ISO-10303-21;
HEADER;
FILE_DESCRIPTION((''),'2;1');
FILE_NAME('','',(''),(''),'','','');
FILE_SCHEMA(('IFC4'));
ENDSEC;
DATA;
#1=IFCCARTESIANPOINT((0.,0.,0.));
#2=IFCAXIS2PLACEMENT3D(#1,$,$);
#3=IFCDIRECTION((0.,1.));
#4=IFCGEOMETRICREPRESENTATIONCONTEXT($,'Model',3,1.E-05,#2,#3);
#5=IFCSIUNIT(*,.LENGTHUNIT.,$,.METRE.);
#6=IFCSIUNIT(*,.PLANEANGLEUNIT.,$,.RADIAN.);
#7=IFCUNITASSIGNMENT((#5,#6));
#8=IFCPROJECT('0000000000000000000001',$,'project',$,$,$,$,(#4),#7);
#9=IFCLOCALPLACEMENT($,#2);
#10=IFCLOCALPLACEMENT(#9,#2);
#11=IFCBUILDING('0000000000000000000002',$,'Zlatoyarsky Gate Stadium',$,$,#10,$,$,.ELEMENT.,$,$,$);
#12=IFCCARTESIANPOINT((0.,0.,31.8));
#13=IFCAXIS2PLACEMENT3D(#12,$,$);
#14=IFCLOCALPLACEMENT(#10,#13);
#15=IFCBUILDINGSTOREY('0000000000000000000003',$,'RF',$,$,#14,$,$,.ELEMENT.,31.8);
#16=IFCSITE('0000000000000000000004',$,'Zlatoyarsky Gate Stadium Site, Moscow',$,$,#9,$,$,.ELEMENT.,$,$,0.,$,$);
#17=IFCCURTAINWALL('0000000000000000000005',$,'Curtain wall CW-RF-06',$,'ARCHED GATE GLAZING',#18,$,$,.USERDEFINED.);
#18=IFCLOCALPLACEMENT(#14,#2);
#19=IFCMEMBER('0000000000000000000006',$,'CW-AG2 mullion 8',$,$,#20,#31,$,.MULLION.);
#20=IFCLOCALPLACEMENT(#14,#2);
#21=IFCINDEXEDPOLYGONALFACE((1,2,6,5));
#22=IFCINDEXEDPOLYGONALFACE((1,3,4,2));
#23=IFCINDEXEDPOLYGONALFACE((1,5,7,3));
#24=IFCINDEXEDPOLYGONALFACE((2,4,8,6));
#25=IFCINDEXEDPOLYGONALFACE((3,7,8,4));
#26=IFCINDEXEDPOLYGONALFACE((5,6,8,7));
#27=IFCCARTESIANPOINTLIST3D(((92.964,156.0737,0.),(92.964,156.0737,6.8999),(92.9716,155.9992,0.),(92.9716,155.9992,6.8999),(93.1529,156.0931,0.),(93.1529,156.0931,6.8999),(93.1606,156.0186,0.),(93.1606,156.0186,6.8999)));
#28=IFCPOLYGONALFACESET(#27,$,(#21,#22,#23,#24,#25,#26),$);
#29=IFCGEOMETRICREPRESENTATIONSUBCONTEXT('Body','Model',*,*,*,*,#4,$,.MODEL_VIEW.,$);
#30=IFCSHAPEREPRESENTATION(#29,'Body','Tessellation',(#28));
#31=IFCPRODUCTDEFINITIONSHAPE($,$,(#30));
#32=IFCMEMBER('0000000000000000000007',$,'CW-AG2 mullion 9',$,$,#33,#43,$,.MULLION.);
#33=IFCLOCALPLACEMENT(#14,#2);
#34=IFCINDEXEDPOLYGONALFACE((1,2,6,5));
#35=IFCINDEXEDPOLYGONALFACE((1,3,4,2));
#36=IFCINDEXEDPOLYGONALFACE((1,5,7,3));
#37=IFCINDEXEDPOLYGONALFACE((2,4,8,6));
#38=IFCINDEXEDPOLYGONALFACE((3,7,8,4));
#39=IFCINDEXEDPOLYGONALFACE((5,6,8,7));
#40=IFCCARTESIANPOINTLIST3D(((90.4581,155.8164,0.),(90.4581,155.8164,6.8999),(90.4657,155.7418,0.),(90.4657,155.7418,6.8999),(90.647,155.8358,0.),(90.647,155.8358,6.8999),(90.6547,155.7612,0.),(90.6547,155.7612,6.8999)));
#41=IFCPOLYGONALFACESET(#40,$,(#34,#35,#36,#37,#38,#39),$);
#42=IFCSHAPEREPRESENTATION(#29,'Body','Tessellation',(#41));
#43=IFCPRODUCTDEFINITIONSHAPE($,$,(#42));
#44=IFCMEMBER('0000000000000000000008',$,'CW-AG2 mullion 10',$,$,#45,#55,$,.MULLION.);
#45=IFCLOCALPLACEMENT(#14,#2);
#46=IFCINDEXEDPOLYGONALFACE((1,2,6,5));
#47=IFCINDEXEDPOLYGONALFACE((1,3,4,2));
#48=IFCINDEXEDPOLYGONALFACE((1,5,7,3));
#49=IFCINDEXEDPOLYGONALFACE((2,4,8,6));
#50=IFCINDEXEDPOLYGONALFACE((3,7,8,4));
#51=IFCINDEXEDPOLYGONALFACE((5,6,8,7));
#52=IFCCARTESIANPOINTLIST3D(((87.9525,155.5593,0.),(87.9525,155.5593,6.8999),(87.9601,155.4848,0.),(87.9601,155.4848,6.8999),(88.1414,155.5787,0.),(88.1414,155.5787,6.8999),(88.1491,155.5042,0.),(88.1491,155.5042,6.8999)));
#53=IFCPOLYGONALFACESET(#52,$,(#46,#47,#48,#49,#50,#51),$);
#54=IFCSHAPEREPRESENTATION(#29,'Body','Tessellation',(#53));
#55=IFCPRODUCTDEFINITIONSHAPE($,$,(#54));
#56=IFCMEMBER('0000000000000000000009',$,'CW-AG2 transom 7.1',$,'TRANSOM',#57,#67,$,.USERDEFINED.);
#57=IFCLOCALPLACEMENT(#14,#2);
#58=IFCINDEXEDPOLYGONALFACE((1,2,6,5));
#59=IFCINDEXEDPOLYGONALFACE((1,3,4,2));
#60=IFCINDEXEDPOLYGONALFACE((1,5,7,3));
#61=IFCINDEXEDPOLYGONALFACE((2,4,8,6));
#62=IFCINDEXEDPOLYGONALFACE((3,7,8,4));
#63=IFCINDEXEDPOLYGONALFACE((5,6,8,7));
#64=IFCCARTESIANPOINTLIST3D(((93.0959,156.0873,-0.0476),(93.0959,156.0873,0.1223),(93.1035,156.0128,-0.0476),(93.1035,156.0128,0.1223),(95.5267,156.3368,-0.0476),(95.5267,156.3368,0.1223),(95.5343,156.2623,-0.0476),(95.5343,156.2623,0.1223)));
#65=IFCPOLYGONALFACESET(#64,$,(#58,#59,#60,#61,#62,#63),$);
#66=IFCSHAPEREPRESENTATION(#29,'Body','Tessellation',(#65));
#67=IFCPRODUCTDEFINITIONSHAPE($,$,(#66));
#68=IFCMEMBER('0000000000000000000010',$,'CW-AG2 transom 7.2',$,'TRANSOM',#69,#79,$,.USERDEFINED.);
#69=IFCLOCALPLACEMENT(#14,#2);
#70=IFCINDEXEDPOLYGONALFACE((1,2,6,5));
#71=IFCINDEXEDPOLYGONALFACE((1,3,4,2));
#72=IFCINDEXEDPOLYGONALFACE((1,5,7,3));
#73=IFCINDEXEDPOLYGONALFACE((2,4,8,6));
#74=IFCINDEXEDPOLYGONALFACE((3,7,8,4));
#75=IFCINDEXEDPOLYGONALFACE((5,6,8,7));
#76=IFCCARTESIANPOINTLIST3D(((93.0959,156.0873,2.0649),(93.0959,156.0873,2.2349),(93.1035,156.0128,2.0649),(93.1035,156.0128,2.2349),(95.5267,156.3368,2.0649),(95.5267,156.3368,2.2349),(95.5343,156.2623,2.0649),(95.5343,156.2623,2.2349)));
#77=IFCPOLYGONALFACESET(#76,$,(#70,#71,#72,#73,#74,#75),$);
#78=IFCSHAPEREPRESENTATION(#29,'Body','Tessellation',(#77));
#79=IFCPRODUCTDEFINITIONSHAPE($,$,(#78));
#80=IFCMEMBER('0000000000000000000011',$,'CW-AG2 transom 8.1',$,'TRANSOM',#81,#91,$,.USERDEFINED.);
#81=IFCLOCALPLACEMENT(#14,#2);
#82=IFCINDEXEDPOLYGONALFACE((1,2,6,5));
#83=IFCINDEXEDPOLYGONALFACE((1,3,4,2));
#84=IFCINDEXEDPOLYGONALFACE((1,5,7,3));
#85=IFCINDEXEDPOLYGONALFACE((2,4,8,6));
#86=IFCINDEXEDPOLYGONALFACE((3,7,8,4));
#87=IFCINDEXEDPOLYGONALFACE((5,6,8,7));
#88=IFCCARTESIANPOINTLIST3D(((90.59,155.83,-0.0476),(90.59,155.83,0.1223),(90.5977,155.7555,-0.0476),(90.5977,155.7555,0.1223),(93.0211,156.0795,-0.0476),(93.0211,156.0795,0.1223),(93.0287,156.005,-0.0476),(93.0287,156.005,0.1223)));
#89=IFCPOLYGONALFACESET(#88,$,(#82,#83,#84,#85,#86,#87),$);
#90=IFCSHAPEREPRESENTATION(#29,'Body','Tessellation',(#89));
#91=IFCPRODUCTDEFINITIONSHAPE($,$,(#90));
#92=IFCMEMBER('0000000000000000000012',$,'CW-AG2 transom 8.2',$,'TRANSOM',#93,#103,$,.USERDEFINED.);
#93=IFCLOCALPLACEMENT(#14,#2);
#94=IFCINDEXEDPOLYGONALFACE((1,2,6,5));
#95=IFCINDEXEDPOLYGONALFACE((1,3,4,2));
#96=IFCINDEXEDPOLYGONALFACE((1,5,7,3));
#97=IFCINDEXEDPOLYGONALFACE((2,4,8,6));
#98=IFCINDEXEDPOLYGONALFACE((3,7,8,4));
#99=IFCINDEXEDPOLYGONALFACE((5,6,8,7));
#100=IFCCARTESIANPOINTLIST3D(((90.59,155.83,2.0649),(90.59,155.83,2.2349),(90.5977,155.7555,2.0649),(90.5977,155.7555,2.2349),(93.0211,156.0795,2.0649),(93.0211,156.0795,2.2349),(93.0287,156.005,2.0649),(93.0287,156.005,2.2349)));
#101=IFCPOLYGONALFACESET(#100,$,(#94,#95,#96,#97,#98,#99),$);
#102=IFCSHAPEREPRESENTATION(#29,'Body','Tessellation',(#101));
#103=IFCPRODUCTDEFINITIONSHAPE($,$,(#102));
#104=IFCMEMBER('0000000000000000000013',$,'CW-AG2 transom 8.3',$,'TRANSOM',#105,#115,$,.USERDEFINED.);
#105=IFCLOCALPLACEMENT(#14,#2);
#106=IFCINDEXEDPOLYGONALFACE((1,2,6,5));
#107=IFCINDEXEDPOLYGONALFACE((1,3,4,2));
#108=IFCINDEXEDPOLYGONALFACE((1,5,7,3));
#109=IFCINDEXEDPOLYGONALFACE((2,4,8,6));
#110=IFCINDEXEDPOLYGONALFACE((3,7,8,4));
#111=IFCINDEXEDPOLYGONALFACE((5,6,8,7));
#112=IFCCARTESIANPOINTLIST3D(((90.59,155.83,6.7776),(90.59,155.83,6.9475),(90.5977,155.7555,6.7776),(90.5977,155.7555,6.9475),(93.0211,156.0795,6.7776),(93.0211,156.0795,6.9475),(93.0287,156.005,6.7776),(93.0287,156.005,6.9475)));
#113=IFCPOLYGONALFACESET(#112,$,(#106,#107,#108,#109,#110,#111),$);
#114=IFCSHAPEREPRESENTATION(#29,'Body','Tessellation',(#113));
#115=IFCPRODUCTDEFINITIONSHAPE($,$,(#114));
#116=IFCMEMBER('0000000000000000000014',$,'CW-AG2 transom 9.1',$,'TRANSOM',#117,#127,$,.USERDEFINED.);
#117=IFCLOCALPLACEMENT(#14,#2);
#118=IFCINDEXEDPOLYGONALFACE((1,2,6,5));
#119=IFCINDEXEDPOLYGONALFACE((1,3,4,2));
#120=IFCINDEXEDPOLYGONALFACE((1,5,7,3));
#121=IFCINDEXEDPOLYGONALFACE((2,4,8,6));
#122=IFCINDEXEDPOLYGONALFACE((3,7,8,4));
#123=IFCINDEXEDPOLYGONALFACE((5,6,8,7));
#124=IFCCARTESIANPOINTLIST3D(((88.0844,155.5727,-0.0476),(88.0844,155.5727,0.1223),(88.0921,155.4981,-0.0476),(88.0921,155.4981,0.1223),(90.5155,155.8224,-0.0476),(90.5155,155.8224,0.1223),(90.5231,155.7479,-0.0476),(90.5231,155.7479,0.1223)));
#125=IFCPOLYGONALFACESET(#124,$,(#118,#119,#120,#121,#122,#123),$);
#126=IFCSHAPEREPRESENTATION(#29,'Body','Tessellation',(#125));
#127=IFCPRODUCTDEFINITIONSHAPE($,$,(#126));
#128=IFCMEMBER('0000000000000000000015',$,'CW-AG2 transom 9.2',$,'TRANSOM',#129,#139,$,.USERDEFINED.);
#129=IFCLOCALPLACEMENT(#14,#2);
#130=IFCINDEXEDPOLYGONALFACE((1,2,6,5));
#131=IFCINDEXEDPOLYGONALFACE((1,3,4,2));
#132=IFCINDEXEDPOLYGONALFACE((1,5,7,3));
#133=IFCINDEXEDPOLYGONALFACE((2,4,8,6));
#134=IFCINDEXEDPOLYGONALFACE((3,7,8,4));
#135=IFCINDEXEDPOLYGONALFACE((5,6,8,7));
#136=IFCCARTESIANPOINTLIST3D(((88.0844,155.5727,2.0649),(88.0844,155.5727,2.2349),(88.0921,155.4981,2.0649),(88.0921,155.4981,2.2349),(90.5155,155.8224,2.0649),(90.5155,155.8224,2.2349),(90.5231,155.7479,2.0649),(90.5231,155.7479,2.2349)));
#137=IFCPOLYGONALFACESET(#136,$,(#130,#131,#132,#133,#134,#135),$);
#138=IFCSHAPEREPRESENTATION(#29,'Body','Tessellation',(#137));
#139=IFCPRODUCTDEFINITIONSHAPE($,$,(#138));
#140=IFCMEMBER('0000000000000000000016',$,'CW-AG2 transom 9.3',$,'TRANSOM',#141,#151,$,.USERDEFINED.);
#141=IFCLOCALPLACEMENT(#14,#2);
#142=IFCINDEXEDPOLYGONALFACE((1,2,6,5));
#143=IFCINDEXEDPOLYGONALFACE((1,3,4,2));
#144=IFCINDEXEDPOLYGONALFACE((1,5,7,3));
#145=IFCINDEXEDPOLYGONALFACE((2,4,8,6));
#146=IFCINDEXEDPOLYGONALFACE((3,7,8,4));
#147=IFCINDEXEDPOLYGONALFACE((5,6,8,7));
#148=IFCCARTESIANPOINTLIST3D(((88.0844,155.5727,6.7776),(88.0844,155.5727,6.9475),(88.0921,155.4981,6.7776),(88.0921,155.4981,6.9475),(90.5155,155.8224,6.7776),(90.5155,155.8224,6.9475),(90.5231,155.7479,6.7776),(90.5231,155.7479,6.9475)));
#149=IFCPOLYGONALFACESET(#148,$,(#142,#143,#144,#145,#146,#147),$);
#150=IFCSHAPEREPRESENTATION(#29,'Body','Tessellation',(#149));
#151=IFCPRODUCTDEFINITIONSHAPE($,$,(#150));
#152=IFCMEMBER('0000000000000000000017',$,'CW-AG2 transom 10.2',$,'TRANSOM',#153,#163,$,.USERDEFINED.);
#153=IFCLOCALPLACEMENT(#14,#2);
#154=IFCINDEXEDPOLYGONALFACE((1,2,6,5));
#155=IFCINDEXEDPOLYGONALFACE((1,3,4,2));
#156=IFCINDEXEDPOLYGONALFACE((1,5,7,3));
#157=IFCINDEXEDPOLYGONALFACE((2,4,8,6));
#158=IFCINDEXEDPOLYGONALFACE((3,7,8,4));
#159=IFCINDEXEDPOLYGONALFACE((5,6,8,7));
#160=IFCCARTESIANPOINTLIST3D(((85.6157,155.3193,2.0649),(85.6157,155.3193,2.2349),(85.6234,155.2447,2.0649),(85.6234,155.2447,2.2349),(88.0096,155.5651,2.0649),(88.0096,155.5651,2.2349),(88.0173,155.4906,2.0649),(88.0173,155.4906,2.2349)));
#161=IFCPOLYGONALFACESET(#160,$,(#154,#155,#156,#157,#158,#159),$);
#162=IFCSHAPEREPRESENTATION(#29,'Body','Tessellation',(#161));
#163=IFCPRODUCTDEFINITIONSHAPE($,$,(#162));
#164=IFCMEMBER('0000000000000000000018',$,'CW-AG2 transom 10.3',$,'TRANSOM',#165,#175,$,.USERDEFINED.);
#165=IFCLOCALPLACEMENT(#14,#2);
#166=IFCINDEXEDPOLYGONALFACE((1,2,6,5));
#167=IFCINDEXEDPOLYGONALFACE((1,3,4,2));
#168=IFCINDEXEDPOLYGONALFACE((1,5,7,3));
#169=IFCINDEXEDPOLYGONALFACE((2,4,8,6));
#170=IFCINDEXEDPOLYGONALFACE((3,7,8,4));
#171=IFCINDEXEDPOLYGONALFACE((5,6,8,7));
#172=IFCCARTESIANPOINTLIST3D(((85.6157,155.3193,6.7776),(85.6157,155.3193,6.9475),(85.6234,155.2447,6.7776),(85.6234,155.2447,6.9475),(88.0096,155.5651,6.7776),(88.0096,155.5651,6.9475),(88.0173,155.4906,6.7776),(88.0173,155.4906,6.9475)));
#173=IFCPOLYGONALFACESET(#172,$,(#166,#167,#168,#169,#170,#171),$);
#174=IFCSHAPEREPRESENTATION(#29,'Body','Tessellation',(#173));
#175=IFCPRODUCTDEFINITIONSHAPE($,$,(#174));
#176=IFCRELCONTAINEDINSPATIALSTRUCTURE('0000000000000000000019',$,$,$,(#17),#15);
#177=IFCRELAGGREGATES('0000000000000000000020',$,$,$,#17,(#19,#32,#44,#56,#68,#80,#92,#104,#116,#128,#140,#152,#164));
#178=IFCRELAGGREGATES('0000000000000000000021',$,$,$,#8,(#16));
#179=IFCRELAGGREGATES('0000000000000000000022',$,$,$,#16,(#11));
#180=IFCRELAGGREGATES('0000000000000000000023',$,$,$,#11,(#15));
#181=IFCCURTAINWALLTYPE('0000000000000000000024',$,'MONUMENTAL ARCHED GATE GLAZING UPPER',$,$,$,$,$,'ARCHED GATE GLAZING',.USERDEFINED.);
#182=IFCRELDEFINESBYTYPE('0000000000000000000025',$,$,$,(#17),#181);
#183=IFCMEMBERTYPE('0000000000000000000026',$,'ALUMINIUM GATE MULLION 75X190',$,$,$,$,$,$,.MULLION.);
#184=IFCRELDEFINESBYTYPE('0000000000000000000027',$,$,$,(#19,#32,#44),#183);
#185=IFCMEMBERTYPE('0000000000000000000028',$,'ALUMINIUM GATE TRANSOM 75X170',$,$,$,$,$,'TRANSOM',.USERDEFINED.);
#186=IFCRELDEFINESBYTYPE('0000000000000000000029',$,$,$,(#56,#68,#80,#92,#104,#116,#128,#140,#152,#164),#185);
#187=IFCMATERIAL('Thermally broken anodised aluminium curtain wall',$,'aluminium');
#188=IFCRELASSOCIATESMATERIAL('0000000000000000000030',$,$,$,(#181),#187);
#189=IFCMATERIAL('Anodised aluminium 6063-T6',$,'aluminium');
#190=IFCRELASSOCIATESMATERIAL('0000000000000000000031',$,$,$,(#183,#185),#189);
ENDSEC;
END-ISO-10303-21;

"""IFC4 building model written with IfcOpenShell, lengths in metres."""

from ifc_helpers import new_model, si_unit, direction, frame, origin, origin_2d, place, context, subcontext, project, spatial, rectangle, extrude, material, material_profile, profile_set, type_object, element, aggregate, save


model = new_model("IFC4")

# Units and contexts
model_context = context("Model", 3, precision=1e-05, world=origin(), true_north=direction((0.0, 1.0)))
body_context = subcontext(model_context, "Body", "Model", "MODEL_VIEW")
ifc_project = project(units=[si_unit("LENGTHUNIT", "METRE"), si_unit("PLANEANGLEUNIT", "RADIAN")], contexts=[model_context])

# Site, building, storey
site_placement = place(None, origin())
site = spatial("IfcSite", under=ifc_project, at=site_placement, Name="Zlatoyarsky Gate Stadium Site, Moscow", CompositionType="ELEMENT", RefElevation=0.0)
building_placement = place(site_placement, origin())
building = spatial("IfcBuilding", under=site, at=building_placement, Name="Zlatoyarsky Gate Stadium", CompositionType="ELEMENT")
storey_placement = place(building_placement, frame((0.0, 0.0, 31.8)))
storey = spatial("IfcBuildingStorey", under=building, at=storey_placement, Name="RF", CompositionType="ELEMENT", Elevation=31.8)

# Curtain wall, members
ifc_material_1 = material(Name="Thermally broken anodised aluminium curtain wall", Category="aluminium")
curtain_wall_type = type_object("IfcCurtainWallType", Name="MONUMENTAL ARCHED GATE GLAZING UPPER", ElementType="ARCHED GATE GLAZING", PredefinedType="USERDEFINED", material=ifc_material_1)
curtain_wall_placement = place(storey_placement, origin())
curtain_wall = element("IfcCurtainWall", 1, at=curtain_wall_placement, inside=storey, type_object=curtain_wall_type, Name="Curtain wall CW-RF-06", ObjectType="ARCHED GATE GLAZING", PredefinedType="USERDEFINED")
ifc_material_2 = material(Name="Anodised aluminium 6063-T6", Category="aluminium")
ifc_material_profile_1 = material_profile(ifc_material_2, rectangle(XDim=0.075, YDim=0.1899, at=origin_2d()), Name="ALU 75X190")
ifc_profile_set_1 = profile_set([ifc_material_profile_1], Name="Anodised aluminium 6063-T6")
member_type_1 = type_object("IfcMemberType", Name="ALUMINIUM GATE MULLION 75X190", PredefinedType="MULLION", material=ifc_profile_set_1)
member_1_placement = place(storey_placement, frame((93.0623, 156.0461, 0.0), z_axis=(0.0, 0.0, 1.0), x_axis=(0.102125, -0.994772, 0.0)))
member_1 = element("IfcMember", 2, at=member_1_placement, type_object=member_type_1, Name="CW-AG2 mullion 8", PredefinedType="MULLION", context=body_context, shape_type="SweptSolid", body=[
    extrude(rectangle(XDim=0.075, YDim=0.1899, at=origin_2d()), origin(), (0.0, 0.0, 1.0), 6.8999),
])
member_2_placement = place(storey_placement, frame((90.5564, 155.7888, 0.0), z_axis=(0.0, 0.0, 1.0), x_axis=(0.102125, -0.994772, 0.0)))
member_2 = element("IfcMember", 3, at=member_2_placement, type_object=member_type_1, Name="CW-AG2 mullion 9", PredefinedType="MULLION", context=body_context, shape_type="SweptSolid", body=[
    extrude(rectangle(XDim=0.075, YDim=0.1899, at=origin_2d()), origin(), (0.0, 0.0, 1.0), 6.8999),
])
member_3_placement = place(storey_placement, frame((88.0508, 155.5317, 0.0), z_axis=(0.0, 0.0, 1.0), x_axis=(0.102125, -0.994772, 0.0)))
member_3 = element("IfcMember", 4, at=member_3_placement, type_object=member_type_1, Name="CW-AG2 mullion 10", PredefinedType="MULLION", context=body_context, shape_type="SweptSolid", body=[
    extrude(rectangle(XDim=0.075, YDim=0.1899, at=origin_2d()), origin(), (0.0, 0.0, 1.0), 6.8999),
])
ifc_material_profile_2 = material_profile(ifc_material_2, rectangle(XDim=0.075, YDim=0.1699, at=origin_2d()), Name="ALU 75X170")
ifc_profile_set_2 = profile_set([ifc_material_profile_2], Name="Anodised aluminium 6063-T6")
member_type_2 = type_object("IfcMemberType", Name="ALUMINIUM GATE TRANSOM 75X170", ElementType="TRANSOM", PredefinedType="USERDEFINED", material=ifc_profile_set_2)
member_4_placement = place(storey_placement, frame((95.5305, 156.2996, 0.0374), z_axis=(-0.994774, -0.102105, 0.0), x_axis=(0.102105, -0.994774, 0.0)))
member_4 = element("IfcMember", 5, at=member_4_placement, type_object=member_type_2, Name="CW-AG2 transom 7.1", ObjectType="TRANSOM", PredefinedType="USERDEFINED", context=body_context, shape_type="SweptSolid", body=[
    extrude(rectangle(XDim=0.075, YDim=0.1699, at=origin_2d()), origin(), (0.0, 0.0, 1.0), 2.4436),
])
member_5_placement = place(storey_placement, frame((95.5305, 156.2996, 2.1499), z_axis=(-0.994774, -0.102105, 0.0), x_axis=(0.102105, -0.994774, 0.0)))
member_5 = element("IfcMember", 6, at=member_5_placement, type_object=member_type_2, Name="CW-AG2 transom 7.2", ObjectType="TRANSOM", PredefinedType="USERDEFINED", context=body_context, shape_type="SweptSolid", body=[
    extrude(rectangle(XDim=0.075, YDim=0.1699, at=origin_2d()), origin(), (0.0, 0.0, 1.0), 2.4436),
])
member_6_placement = place(storey_placement, frame((93.0249, 156.0422, 0.0374), z_axis=(-0.994775, -0.102095, 0.0), x_axis=(0.102095, -0.994775, 0.0)))
member_6 = element("IfcMember", 7, at=member_6_placement, type_object=member_type_2, Name="CW-AG2 transom 8.1", ObjectType="TRANSOM", PredefinedType="USERDEFINED", context=body_context, shape_type="SweptSolid", body=[
    extrude(rectangle(XDim=0.075, YDim=0.1699, at=origin_2d()), origin(), (0.0, 0.0, 1.0), 2.4438),
])
member_7_placement = place(storey_placement, frame((93.0249, 156.0422, 2.1499), z_axis=(-0.994775, -0.102095, 0.0), x_axis=(0.102095, -0.994775, 0.0)))
member_7 = element("IfcMember", 8, at=member_7_placement, type_object=member_type_2, Name="CW-AG2 transom 8.2", ObjectType="TRANSOM", PredefinedType="USERDEFINED", context=body_context, shape_type="SweptSolid", body=[
    extrude(rectangle(XDim=0.075, YDim=0.1699, at=origin_2d()), origin(), (0.0, 0.0, 1.0), 2.4438),
])
member_8_placement = place(storey_placement, frame((93.0249, 156.0422, 6.8625), z_axis=(-0.994775, -0.102095, 0.0), x_axis=(0.102095, -0.994775, 0.0)))
member_8 = element("IfcMember", 9, at=member_8_placement, type_object=member_type_2, Name="CW-AG2 transom 8.3", ObjectType="TRANSOM", PredefinedType="USERDEFINED", context=body_context, shape_type="SweptSolid", body=[
    extrude(rectangle(XDim=0.075, YDim=0.1699, at=origin_2d()), origin(), (0.0, 0.0, 1.0), 2.4438),
])
member_9_placement = place(storey_placement, frame((90.5193, 155.7852, 0.0374), z_axis=(-0.994765, -0.102194, 0.0), x_axis=(0.102194, -0.994765, 0.0)))
member_9 = element("IfcMember", 10, at=member_9_placement, type_object=member_type_2, Name="CW-AG2 transom 9.1", ObjectType="TRANSOM", PredefinedType="USERDEFINED", context=body_context, shape_type="SweptSolid", body=[
    extrude(rectangle(XDim=0.075, YDim=0.1699, at=origin_2d()), origin(), (0.0, 0.0, 1.0), 2.4438),
])
member_10_placement = place(storey_placement, frame((90.5193, 155.7852, 2.1499), z_axis=(-0.994765, -0.102194, 0.0), x_axis=(0.102194, -0.994765, 0.0)))
member_10 = element("IfcMember", 11, at=member_10_placement, type_object=member_type_2, Name="CW-AG2 transom 9.2", ObjectType="TRANSOM", PredefinedType="USERDEFINED", context=body_context, shape_type="SweptSolid", body=[
    extrude(rectangle(XDim=0.075, YDim=0.1699, at=origin_2d()), origin(), (0.0, 0.0, 1.0), 2.4438),
])
member_11_placement = place(storey_placement, frame((90.5193, 155.7852, 6.8625), z_axis=(-0.994765, -0.102194, 0.0), x_axis=(0.102194, -0.994765, 0.0)))
member_11 = element("IfcMember", 12, at=member_11_placement, type_object=member_type_2, Name="CW-AG2 transom 9.3", ObjectType="TRANSOM", PredefinedType="USERDEFINED", context=body_context, shape_type="SweptSolid", body=[
    extrude(rectangle(XDim=0.075, YDim=0.1699, at=origin_2d()), origin(), (0.0, 0.0, 1.0), 2.4438),
])
member_12_placement = place(storey_placement, frame((88.0134, 155.5278, 2.1499), z_axis=(-0.994767, -0.102165, 0.0), x_axis=(0.102165, -0.994767, 0.0)))
member_12 = element("IfcMember", 13, at=member_12_placement, type_object=member_type_2, Name="CW-AG2 transom 10.2", ObjectType="TRANSOM", PredefinedType="USERDEFINED", context=body_context, shape_type="SweptSolid", body=[
    extrude(rectangle(XDim=0.075, YDim=0.1699, at=origin_2d()), origin(), (0.0, 0.0, 1.0), 2.4065),
])
member_13_placement = place(storey_placement, frame((88.0134, 155.5278, 6.8625), z_axis=(-0.994767, -0.102165, 0.0), x_axis=(0.102165, -0.994767, 0.0)))
member_13 = element("IfcMember", 14, at=member_13_placement, type_object=member_type_2, Name="CW-AG2 transom 10.3", ObjectType="TRANSOM", PredefinedType="USERDEFINED", context=body_context, shape_type="SweptSolid", body=[
    extrude(rectangle(XDim=0.075, YDim=0.1699, at=origin_2d()), origin(), (0.0, 0.0, 1.0), 2.4065),
])

aggregate(curtain_wall, [member_1, member_2, member_3, member_4, member_5, member_6, member_7, member_8, member_9, member_10, member_11, member_12, member_13])

save(model, "model.ifc")
